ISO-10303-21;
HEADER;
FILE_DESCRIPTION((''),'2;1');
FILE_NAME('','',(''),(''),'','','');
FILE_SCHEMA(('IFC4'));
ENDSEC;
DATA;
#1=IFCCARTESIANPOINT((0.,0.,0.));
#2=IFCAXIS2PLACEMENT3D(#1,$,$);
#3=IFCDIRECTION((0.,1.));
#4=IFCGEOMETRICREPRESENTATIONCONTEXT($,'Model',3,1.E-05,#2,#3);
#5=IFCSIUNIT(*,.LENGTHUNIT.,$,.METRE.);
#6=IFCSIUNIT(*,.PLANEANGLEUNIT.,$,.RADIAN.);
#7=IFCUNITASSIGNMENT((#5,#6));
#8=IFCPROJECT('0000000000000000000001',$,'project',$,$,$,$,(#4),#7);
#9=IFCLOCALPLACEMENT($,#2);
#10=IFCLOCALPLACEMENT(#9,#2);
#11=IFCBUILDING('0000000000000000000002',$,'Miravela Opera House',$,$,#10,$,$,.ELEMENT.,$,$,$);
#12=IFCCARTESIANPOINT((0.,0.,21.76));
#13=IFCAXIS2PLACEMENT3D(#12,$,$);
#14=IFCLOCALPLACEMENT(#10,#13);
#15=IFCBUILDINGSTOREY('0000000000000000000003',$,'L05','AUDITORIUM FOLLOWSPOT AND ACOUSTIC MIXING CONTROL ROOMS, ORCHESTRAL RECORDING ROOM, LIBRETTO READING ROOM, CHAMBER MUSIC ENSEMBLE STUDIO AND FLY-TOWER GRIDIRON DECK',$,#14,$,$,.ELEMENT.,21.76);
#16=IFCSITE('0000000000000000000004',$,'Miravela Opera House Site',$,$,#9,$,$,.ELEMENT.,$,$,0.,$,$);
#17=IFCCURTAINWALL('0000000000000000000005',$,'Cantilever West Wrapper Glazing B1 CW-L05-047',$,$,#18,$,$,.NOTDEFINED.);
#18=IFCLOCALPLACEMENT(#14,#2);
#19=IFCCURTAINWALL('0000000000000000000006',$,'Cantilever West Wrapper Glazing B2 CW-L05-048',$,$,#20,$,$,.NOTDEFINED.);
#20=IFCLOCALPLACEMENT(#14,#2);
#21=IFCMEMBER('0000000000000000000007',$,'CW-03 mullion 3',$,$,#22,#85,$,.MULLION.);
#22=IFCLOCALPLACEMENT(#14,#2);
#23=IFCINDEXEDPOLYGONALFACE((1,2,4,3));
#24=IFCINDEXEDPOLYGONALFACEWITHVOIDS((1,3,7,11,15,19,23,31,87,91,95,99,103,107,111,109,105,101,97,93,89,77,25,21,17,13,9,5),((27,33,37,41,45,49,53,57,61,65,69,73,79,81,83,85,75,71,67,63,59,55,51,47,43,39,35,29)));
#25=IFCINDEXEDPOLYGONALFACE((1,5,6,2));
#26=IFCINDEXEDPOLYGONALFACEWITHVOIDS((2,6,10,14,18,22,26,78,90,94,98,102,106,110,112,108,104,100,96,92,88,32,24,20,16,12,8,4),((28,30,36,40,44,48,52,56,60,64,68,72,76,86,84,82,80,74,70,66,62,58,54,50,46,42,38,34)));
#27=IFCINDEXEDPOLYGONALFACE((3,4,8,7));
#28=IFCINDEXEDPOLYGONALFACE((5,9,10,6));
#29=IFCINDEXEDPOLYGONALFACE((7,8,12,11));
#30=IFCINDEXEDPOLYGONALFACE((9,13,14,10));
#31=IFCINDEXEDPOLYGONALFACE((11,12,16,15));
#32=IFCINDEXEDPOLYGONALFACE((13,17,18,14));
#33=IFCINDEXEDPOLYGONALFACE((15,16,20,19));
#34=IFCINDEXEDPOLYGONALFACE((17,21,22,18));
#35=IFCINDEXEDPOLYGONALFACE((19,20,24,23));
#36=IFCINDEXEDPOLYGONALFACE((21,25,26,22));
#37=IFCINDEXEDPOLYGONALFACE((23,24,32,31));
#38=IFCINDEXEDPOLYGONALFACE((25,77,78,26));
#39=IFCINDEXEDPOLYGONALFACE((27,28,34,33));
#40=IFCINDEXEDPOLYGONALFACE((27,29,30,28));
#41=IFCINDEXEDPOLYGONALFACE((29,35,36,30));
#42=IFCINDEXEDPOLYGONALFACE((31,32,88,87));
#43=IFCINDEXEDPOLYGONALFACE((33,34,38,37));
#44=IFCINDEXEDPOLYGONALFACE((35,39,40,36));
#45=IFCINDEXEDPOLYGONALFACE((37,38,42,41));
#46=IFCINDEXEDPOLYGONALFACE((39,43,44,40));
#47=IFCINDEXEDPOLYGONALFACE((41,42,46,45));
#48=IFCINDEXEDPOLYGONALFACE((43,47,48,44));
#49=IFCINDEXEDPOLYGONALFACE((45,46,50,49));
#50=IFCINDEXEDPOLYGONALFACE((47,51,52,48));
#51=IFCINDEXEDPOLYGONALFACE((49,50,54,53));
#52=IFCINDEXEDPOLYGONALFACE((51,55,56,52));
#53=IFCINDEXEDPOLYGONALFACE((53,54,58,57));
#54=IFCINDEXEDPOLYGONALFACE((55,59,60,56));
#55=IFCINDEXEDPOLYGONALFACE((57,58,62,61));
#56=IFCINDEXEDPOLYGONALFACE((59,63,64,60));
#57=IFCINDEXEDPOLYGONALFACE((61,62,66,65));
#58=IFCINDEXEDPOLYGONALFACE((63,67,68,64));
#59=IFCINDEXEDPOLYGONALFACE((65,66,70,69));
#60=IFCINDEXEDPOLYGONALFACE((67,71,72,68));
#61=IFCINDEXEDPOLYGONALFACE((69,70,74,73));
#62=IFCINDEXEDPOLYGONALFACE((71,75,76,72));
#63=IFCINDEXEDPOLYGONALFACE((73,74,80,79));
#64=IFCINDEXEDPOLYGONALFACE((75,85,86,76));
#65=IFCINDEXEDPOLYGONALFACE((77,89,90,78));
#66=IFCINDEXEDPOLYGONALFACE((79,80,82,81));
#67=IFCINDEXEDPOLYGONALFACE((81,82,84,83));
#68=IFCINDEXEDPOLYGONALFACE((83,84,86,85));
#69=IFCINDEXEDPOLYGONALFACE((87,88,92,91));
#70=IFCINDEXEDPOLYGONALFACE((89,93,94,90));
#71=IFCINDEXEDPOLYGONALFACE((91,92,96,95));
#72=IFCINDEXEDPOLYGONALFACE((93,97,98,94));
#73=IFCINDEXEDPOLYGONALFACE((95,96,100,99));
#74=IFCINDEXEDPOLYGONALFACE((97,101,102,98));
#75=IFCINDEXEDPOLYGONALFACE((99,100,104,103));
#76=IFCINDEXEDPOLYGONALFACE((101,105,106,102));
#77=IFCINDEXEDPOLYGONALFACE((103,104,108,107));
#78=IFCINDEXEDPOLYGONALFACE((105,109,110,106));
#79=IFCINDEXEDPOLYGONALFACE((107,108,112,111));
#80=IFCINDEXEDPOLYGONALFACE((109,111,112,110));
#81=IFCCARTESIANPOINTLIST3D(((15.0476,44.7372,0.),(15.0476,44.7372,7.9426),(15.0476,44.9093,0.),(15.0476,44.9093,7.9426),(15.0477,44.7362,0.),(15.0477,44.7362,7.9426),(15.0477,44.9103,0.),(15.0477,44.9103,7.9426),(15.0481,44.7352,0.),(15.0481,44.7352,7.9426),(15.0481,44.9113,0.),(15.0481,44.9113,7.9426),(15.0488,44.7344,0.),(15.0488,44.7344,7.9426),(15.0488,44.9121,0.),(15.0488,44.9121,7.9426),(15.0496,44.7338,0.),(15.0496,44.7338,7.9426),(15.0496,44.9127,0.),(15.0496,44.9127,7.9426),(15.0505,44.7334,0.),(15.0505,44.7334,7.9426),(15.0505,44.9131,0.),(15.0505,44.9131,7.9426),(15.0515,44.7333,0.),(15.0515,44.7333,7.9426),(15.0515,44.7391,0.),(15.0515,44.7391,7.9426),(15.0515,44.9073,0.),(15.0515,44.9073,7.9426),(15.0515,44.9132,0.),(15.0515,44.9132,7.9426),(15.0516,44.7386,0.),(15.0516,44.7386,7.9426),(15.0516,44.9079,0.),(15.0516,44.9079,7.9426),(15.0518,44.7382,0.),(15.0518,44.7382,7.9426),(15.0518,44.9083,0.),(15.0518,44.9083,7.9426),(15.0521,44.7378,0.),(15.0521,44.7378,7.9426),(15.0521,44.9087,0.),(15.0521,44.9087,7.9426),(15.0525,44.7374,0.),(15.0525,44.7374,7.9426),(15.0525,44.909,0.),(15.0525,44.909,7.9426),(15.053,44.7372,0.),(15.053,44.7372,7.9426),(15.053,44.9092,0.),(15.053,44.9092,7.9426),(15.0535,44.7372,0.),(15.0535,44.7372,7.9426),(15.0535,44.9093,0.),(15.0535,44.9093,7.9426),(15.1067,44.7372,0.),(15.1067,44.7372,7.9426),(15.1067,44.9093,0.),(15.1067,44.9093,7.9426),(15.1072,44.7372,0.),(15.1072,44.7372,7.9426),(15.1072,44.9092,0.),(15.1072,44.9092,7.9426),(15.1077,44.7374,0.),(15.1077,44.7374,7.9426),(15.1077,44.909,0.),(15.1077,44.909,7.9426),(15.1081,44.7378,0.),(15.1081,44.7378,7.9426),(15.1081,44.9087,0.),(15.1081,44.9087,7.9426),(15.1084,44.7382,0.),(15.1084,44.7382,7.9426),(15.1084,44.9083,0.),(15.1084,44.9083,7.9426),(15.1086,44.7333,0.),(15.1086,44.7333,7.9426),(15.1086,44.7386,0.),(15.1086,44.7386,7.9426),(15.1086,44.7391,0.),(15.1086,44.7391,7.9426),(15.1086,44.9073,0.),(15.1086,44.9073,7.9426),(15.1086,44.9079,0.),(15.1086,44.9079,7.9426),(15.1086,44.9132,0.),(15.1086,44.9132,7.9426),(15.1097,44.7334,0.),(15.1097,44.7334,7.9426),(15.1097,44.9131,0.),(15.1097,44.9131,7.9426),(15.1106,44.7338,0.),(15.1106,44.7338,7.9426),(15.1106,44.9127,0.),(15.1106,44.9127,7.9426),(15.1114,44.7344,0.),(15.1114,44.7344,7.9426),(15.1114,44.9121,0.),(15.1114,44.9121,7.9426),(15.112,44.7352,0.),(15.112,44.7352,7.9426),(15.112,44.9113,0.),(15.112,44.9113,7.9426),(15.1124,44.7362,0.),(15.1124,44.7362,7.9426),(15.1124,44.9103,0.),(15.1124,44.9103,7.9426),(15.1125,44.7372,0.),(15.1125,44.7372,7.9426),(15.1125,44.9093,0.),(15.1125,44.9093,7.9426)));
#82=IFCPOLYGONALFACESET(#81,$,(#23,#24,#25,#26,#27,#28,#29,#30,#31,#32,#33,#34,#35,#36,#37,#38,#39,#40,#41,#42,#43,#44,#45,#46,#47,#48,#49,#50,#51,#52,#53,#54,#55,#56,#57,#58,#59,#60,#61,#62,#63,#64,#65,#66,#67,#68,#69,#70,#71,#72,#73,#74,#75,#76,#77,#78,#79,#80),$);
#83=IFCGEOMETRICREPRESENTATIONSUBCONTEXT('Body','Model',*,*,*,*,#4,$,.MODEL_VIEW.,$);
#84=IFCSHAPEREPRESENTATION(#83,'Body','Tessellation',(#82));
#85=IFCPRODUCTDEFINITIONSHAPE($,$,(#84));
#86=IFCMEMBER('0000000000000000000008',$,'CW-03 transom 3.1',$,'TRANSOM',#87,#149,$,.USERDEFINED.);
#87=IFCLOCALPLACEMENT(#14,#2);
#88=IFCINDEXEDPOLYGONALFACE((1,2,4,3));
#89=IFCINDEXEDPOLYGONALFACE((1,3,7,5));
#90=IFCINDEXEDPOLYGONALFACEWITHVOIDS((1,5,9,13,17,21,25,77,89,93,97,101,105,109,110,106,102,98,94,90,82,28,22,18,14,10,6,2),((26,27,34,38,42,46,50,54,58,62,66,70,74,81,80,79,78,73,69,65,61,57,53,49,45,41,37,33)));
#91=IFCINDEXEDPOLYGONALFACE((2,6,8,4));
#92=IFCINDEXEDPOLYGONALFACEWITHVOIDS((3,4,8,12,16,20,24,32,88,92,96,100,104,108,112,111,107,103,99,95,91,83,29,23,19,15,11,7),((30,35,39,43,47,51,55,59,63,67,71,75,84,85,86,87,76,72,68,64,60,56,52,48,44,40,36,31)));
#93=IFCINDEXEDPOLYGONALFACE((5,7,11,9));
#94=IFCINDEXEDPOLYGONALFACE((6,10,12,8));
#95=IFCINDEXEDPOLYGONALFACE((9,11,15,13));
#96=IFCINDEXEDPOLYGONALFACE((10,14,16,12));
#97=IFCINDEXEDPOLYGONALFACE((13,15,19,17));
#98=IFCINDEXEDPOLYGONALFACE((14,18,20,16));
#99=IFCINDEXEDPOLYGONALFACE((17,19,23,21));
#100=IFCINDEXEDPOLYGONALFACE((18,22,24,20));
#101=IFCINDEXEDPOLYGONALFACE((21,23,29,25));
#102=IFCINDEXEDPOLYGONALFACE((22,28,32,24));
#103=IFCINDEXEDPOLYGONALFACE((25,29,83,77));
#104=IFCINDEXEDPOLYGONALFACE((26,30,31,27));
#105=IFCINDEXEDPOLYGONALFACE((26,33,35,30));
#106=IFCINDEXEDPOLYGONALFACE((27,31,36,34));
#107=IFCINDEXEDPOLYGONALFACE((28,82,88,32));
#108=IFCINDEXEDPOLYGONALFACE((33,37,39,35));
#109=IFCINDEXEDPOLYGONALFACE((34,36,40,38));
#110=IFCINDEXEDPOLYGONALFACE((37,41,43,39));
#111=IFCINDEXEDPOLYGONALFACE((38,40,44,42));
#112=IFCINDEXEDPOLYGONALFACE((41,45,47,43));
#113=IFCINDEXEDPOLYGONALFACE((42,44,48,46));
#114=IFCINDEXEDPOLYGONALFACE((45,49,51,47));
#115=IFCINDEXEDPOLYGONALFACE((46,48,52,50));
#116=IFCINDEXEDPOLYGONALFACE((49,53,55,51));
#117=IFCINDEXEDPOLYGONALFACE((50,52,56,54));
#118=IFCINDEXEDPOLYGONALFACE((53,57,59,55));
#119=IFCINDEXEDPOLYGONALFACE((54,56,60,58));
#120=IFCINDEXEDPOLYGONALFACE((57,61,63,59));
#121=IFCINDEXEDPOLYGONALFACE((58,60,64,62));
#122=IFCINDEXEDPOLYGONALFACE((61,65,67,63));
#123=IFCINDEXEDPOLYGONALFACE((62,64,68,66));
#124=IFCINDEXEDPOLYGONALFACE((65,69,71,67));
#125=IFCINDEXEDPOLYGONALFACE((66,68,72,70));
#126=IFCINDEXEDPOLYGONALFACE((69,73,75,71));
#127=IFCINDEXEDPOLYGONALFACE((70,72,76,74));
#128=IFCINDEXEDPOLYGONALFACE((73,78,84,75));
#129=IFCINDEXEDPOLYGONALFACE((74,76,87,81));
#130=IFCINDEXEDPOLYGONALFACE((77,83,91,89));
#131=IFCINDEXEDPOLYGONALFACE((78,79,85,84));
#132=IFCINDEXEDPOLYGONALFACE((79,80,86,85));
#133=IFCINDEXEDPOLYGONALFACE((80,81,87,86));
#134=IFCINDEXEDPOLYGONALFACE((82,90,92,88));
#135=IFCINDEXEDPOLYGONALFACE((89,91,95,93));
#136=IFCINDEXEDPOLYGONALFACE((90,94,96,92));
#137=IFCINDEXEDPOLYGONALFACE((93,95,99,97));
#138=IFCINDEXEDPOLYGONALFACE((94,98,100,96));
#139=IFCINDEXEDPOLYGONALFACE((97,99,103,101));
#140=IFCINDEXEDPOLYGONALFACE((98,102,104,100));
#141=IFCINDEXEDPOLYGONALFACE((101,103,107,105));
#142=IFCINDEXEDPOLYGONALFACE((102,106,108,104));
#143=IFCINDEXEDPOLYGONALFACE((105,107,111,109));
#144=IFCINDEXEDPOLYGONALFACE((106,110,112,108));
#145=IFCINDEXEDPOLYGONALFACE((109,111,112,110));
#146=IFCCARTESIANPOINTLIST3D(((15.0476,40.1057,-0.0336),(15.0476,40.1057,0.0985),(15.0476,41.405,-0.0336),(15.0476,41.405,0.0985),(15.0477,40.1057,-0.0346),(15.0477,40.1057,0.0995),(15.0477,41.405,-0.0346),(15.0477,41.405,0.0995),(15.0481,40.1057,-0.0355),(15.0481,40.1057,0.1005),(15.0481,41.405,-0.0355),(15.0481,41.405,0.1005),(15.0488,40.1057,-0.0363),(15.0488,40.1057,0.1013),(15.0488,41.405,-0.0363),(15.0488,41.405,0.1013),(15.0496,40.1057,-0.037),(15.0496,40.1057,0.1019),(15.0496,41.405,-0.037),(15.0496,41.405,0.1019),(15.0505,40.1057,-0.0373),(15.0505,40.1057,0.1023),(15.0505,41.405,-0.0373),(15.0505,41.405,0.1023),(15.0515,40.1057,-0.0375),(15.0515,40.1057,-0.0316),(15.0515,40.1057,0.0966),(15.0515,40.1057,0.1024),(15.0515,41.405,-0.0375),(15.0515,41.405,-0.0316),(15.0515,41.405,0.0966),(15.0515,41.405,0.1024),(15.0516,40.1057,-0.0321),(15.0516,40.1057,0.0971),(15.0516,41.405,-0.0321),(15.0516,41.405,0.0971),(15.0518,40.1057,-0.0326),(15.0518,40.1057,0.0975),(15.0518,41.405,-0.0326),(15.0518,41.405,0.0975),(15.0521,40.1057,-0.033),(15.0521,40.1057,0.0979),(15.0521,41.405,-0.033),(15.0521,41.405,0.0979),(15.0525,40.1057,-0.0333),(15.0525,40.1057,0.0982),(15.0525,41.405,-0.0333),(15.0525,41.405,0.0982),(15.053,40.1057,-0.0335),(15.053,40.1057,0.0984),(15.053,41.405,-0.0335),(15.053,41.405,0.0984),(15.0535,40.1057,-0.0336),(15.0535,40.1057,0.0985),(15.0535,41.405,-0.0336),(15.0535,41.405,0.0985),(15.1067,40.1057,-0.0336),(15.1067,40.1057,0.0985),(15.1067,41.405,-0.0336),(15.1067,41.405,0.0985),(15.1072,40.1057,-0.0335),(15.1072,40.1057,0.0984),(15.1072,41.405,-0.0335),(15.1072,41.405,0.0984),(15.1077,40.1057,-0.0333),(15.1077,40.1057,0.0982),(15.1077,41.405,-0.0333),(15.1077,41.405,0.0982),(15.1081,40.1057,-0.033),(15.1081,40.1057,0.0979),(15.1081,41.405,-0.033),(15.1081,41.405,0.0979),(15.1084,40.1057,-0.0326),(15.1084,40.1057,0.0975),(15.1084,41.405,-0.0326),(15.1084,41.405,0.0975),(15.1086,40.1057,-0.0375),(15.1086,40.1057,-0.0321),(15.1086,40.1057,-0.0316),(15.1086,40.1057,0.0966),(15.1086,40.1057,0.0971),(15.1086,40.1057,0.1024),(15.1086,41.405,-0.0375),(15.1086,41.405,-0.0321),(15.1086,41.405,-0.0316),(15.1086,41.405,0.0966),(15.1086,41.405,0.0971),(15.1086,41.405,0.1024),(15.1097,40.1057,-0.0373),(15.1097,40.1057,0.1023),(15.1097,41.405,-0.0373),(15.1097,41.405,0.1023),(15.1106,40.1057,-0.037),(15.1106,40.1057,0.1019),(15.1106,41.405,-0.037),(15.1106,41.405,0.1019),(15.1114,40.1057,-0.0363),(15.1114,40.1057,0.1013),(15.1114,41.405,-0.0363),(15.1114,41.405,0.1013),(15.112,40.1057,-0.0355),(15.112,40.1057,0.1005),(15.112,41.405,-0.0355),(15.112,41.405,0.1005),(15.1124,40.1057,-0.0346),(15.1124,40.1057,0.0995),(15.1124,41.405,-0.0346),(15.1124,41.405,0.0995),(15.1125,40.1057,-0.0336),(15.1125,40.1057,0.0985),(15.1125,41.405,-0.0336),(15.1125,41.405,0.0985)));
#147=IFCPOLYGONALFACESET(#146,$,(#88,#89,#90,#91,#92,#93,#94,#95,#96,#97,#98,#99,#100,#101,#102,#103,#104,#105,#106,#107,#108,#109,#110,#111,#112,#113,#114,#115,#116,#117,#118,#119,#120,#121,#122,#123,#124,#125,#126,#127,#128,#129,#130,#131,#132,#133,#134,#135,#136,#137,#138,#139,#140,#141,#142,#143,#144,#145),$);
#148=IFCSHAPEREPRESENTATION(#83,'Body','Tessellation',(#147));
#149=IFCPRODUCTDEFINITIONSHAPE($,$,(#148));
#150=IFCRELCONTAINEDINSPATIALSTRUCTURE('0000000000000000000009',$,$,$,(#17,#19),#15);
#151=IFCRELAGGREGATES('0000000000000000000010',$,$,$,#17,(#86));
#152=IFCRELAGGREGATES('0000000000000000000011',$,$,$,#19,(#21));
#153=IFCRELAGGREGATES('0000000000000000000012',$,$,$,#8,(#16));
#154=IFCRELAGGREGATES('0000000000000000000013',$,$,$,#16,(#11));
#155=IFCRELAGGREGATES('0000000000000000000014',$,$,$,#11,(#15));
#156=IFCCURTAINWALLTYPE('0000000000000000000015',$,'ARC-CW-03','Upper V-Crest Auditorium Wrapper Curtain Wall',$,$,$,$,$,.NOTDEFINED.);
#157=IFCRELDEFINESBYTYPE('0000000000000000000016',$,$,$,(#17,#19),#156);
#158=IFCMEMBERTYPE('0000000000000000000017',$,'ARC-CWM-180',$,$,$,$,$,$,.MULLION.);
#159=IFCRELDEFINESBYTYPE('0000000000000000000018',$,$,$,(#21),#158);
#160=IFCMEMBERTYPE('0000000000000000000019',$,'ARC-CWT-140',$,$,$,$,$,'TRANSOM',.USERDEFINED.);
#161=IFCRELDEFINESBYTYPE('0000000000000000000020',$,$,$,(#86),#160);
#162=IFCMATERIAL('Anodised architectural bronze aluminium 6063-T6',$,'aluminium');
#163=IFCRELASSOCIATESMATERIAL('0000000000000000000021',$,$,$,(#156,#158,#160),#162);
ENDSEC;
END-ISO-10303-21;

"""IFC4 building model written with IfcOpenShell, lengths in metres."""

from ifc_helpers import new_model, si_unit, direction, frame, origin, origin_2d, place, context, subcontext, project, spatial, hollow_rectangle, extrude, material, material_profile, profile_set, type_object, element, aggregate, save


model = new_model("IFC4")

# Units and contexts
model_context = context("Model", 3, precision=1e-05, world=origin(), true_north=direction((0.0, 1.0)))
body_context = subcontext(model_context, "Body", "Model", "MODEL_VIEW")
ifc_project = project(units=[si_unit("LENGTHUNIT", "METRE"), si_unit("PLANEANGLEUNIT", "RADIAN")], contexts=[model_context])

# Site, building, storey
site_placement = place(None, origin())
site = spatial("IfcSite", under=ifc_project, at=site_placement, Name="Miravela Opera House Site", CompositionType="ELEMENT", RefElevation=0.0)
building_placement = place(site_placement, origin())
building = spatial("IfcBuilding", under=site, at=building_placement, Name="Miravela Opera House", CompositionType="ELEMENT")
storey_placement = place(building_placement, frame((0.0, 0.0, 21.76)))
storey = spatial("IfcBuildingStorey", under=building, at=storey_placement, Name="L05", Description="AUDITORIUM FOLLOWSPOT AND ACOUSTIC MIXING CONTROL ROOMS, ORCHESTRAL RECORDING ROOM, LIBRETTO READING ROOM, CHAMBER MUSIC ENSEMBLE STUDIO AND FLY-TOWER GRIDIRON DECK", CompositionType="ELEMENT", Elevation=21.76)

# Curtain walls, member
ifc_material_1 = material(Name="Anodised architectural bronze aluminium 6063-T6", Category="aluminium")
curtain_wall_type = type_object("IfcCurtainWallType", Name="ARC-CW-03", Description="Upper V-Crest Auditorium Wrapper Curtain Wall", PredefinedType="NOTDEFINED", material=ifc_material_1)
curtain_wall_1_placement = place(storey_placement, origin())
curtain_wall_1 = element("IfcCurtainWall", 1, at=curtain_wall_1_placement, inside=storey, type_object=curtain_wall_type, Name="Cantilever West Wrapper Glazing B1 CW-L05-047", PredefinedType="NOTDEFINED")
ifc_material_profile_1 = material_profile(ifc_material_1, hollow_rectangle(XDim=0.0649, YDim=0.1799, WallThickness=0.0039, InnerFilletRadius=0.002, OuterFilletRadius=0.0039, at=origin_2d()), Name="CWM-65X180")
ifc_profile_set_1 = profile_set([ifc_material_profile_1])
member_type_1 = type_object("IfcMemberType", Name="ARC-CWM-180", PredefinedType="MULLION", material=ifc_profile_set_1)
curtain_wall_2_placement = place(storey_placement, origin())
curtain_wall_2 = element("IfcCurtainWall", 2, at=curtain_wall_2_placement, inside=storey, type_object=curtain_wall_type, Name="Cantilever West Wrapper Glazing B2 CW-L05-048", PredefinedType="NOTDEFINED")
member_1_placement = place(storey_placement, frame((15.0801, 44.8232, 0.0), z_axis=(0.0, 0.0, 1.0), x_axis=(-1.0, 0.0, 0.0)))
member_1 = element("IfcMember", 3, at=member_1_placement, type_object=member_type_1, Name="CW-03 mullion 3", PredefinedType="MULLION", context=body_context, shape_type="SweptSolid", body=[
    extrude(hollow_rectangle(XDim=0.0649, YDim=0.1799, WallThickness=0.0039, InnerFilletRadius=0.002, OuterFilletRadius=0.0039, at=origin_2d()), origin(), (0.0, 0.0, 1.0), 7.9426),
])

# Member
ifc_material_profile_2 = material_profile(ifc_material_1, hollow_rectangle(XDim=0.0649, YDim=0.1399, WallThickness=0.0039, InnerFilletRadius=0.002, OuterFilletRadius=0.0039, at=origin_2d()), Name="CWT-65X140")
ifc_profile_set_2 = profile_set([ifc_material_profile_2])
member_type_2 = type_object("IfcMemberType", Name="ARC-CWT-140", ElementType="TRANSOM", PredefinedType="USERDEFINED", material=ifc_profile_set_2)
member_2_placement = place(storey_placement, frame((15.0801, 40.1057, 0.0325), z_axis=(0.0, 1.0, 0.0), x_axis=(-1.0, 0.0, 0.0)))
member_2 = element("IfcMember", 4, at=member_2_placement, type_object=member_type_2, Name="CW-03 transom 3.1", ObjectType="TRANSOM", PredefinedType="USERDEFINED", context=body_context, shape_type="SweptSolid", body=[
    extrude(hollow_rectangle(XDim=0.0649, YDim=0.1399, WallThickness=0.0039, InnerFilletRadius=0.002, OuterFilletRadius=0.0039, at=origin_2d()), origin(), (0.0, 0.0, 1.0), 1.2993),
])

aggregate(curtain_wall_1, [member_2])
aggregate(curtain_wall_2, [member_1])

save(model, "model.ifc")
